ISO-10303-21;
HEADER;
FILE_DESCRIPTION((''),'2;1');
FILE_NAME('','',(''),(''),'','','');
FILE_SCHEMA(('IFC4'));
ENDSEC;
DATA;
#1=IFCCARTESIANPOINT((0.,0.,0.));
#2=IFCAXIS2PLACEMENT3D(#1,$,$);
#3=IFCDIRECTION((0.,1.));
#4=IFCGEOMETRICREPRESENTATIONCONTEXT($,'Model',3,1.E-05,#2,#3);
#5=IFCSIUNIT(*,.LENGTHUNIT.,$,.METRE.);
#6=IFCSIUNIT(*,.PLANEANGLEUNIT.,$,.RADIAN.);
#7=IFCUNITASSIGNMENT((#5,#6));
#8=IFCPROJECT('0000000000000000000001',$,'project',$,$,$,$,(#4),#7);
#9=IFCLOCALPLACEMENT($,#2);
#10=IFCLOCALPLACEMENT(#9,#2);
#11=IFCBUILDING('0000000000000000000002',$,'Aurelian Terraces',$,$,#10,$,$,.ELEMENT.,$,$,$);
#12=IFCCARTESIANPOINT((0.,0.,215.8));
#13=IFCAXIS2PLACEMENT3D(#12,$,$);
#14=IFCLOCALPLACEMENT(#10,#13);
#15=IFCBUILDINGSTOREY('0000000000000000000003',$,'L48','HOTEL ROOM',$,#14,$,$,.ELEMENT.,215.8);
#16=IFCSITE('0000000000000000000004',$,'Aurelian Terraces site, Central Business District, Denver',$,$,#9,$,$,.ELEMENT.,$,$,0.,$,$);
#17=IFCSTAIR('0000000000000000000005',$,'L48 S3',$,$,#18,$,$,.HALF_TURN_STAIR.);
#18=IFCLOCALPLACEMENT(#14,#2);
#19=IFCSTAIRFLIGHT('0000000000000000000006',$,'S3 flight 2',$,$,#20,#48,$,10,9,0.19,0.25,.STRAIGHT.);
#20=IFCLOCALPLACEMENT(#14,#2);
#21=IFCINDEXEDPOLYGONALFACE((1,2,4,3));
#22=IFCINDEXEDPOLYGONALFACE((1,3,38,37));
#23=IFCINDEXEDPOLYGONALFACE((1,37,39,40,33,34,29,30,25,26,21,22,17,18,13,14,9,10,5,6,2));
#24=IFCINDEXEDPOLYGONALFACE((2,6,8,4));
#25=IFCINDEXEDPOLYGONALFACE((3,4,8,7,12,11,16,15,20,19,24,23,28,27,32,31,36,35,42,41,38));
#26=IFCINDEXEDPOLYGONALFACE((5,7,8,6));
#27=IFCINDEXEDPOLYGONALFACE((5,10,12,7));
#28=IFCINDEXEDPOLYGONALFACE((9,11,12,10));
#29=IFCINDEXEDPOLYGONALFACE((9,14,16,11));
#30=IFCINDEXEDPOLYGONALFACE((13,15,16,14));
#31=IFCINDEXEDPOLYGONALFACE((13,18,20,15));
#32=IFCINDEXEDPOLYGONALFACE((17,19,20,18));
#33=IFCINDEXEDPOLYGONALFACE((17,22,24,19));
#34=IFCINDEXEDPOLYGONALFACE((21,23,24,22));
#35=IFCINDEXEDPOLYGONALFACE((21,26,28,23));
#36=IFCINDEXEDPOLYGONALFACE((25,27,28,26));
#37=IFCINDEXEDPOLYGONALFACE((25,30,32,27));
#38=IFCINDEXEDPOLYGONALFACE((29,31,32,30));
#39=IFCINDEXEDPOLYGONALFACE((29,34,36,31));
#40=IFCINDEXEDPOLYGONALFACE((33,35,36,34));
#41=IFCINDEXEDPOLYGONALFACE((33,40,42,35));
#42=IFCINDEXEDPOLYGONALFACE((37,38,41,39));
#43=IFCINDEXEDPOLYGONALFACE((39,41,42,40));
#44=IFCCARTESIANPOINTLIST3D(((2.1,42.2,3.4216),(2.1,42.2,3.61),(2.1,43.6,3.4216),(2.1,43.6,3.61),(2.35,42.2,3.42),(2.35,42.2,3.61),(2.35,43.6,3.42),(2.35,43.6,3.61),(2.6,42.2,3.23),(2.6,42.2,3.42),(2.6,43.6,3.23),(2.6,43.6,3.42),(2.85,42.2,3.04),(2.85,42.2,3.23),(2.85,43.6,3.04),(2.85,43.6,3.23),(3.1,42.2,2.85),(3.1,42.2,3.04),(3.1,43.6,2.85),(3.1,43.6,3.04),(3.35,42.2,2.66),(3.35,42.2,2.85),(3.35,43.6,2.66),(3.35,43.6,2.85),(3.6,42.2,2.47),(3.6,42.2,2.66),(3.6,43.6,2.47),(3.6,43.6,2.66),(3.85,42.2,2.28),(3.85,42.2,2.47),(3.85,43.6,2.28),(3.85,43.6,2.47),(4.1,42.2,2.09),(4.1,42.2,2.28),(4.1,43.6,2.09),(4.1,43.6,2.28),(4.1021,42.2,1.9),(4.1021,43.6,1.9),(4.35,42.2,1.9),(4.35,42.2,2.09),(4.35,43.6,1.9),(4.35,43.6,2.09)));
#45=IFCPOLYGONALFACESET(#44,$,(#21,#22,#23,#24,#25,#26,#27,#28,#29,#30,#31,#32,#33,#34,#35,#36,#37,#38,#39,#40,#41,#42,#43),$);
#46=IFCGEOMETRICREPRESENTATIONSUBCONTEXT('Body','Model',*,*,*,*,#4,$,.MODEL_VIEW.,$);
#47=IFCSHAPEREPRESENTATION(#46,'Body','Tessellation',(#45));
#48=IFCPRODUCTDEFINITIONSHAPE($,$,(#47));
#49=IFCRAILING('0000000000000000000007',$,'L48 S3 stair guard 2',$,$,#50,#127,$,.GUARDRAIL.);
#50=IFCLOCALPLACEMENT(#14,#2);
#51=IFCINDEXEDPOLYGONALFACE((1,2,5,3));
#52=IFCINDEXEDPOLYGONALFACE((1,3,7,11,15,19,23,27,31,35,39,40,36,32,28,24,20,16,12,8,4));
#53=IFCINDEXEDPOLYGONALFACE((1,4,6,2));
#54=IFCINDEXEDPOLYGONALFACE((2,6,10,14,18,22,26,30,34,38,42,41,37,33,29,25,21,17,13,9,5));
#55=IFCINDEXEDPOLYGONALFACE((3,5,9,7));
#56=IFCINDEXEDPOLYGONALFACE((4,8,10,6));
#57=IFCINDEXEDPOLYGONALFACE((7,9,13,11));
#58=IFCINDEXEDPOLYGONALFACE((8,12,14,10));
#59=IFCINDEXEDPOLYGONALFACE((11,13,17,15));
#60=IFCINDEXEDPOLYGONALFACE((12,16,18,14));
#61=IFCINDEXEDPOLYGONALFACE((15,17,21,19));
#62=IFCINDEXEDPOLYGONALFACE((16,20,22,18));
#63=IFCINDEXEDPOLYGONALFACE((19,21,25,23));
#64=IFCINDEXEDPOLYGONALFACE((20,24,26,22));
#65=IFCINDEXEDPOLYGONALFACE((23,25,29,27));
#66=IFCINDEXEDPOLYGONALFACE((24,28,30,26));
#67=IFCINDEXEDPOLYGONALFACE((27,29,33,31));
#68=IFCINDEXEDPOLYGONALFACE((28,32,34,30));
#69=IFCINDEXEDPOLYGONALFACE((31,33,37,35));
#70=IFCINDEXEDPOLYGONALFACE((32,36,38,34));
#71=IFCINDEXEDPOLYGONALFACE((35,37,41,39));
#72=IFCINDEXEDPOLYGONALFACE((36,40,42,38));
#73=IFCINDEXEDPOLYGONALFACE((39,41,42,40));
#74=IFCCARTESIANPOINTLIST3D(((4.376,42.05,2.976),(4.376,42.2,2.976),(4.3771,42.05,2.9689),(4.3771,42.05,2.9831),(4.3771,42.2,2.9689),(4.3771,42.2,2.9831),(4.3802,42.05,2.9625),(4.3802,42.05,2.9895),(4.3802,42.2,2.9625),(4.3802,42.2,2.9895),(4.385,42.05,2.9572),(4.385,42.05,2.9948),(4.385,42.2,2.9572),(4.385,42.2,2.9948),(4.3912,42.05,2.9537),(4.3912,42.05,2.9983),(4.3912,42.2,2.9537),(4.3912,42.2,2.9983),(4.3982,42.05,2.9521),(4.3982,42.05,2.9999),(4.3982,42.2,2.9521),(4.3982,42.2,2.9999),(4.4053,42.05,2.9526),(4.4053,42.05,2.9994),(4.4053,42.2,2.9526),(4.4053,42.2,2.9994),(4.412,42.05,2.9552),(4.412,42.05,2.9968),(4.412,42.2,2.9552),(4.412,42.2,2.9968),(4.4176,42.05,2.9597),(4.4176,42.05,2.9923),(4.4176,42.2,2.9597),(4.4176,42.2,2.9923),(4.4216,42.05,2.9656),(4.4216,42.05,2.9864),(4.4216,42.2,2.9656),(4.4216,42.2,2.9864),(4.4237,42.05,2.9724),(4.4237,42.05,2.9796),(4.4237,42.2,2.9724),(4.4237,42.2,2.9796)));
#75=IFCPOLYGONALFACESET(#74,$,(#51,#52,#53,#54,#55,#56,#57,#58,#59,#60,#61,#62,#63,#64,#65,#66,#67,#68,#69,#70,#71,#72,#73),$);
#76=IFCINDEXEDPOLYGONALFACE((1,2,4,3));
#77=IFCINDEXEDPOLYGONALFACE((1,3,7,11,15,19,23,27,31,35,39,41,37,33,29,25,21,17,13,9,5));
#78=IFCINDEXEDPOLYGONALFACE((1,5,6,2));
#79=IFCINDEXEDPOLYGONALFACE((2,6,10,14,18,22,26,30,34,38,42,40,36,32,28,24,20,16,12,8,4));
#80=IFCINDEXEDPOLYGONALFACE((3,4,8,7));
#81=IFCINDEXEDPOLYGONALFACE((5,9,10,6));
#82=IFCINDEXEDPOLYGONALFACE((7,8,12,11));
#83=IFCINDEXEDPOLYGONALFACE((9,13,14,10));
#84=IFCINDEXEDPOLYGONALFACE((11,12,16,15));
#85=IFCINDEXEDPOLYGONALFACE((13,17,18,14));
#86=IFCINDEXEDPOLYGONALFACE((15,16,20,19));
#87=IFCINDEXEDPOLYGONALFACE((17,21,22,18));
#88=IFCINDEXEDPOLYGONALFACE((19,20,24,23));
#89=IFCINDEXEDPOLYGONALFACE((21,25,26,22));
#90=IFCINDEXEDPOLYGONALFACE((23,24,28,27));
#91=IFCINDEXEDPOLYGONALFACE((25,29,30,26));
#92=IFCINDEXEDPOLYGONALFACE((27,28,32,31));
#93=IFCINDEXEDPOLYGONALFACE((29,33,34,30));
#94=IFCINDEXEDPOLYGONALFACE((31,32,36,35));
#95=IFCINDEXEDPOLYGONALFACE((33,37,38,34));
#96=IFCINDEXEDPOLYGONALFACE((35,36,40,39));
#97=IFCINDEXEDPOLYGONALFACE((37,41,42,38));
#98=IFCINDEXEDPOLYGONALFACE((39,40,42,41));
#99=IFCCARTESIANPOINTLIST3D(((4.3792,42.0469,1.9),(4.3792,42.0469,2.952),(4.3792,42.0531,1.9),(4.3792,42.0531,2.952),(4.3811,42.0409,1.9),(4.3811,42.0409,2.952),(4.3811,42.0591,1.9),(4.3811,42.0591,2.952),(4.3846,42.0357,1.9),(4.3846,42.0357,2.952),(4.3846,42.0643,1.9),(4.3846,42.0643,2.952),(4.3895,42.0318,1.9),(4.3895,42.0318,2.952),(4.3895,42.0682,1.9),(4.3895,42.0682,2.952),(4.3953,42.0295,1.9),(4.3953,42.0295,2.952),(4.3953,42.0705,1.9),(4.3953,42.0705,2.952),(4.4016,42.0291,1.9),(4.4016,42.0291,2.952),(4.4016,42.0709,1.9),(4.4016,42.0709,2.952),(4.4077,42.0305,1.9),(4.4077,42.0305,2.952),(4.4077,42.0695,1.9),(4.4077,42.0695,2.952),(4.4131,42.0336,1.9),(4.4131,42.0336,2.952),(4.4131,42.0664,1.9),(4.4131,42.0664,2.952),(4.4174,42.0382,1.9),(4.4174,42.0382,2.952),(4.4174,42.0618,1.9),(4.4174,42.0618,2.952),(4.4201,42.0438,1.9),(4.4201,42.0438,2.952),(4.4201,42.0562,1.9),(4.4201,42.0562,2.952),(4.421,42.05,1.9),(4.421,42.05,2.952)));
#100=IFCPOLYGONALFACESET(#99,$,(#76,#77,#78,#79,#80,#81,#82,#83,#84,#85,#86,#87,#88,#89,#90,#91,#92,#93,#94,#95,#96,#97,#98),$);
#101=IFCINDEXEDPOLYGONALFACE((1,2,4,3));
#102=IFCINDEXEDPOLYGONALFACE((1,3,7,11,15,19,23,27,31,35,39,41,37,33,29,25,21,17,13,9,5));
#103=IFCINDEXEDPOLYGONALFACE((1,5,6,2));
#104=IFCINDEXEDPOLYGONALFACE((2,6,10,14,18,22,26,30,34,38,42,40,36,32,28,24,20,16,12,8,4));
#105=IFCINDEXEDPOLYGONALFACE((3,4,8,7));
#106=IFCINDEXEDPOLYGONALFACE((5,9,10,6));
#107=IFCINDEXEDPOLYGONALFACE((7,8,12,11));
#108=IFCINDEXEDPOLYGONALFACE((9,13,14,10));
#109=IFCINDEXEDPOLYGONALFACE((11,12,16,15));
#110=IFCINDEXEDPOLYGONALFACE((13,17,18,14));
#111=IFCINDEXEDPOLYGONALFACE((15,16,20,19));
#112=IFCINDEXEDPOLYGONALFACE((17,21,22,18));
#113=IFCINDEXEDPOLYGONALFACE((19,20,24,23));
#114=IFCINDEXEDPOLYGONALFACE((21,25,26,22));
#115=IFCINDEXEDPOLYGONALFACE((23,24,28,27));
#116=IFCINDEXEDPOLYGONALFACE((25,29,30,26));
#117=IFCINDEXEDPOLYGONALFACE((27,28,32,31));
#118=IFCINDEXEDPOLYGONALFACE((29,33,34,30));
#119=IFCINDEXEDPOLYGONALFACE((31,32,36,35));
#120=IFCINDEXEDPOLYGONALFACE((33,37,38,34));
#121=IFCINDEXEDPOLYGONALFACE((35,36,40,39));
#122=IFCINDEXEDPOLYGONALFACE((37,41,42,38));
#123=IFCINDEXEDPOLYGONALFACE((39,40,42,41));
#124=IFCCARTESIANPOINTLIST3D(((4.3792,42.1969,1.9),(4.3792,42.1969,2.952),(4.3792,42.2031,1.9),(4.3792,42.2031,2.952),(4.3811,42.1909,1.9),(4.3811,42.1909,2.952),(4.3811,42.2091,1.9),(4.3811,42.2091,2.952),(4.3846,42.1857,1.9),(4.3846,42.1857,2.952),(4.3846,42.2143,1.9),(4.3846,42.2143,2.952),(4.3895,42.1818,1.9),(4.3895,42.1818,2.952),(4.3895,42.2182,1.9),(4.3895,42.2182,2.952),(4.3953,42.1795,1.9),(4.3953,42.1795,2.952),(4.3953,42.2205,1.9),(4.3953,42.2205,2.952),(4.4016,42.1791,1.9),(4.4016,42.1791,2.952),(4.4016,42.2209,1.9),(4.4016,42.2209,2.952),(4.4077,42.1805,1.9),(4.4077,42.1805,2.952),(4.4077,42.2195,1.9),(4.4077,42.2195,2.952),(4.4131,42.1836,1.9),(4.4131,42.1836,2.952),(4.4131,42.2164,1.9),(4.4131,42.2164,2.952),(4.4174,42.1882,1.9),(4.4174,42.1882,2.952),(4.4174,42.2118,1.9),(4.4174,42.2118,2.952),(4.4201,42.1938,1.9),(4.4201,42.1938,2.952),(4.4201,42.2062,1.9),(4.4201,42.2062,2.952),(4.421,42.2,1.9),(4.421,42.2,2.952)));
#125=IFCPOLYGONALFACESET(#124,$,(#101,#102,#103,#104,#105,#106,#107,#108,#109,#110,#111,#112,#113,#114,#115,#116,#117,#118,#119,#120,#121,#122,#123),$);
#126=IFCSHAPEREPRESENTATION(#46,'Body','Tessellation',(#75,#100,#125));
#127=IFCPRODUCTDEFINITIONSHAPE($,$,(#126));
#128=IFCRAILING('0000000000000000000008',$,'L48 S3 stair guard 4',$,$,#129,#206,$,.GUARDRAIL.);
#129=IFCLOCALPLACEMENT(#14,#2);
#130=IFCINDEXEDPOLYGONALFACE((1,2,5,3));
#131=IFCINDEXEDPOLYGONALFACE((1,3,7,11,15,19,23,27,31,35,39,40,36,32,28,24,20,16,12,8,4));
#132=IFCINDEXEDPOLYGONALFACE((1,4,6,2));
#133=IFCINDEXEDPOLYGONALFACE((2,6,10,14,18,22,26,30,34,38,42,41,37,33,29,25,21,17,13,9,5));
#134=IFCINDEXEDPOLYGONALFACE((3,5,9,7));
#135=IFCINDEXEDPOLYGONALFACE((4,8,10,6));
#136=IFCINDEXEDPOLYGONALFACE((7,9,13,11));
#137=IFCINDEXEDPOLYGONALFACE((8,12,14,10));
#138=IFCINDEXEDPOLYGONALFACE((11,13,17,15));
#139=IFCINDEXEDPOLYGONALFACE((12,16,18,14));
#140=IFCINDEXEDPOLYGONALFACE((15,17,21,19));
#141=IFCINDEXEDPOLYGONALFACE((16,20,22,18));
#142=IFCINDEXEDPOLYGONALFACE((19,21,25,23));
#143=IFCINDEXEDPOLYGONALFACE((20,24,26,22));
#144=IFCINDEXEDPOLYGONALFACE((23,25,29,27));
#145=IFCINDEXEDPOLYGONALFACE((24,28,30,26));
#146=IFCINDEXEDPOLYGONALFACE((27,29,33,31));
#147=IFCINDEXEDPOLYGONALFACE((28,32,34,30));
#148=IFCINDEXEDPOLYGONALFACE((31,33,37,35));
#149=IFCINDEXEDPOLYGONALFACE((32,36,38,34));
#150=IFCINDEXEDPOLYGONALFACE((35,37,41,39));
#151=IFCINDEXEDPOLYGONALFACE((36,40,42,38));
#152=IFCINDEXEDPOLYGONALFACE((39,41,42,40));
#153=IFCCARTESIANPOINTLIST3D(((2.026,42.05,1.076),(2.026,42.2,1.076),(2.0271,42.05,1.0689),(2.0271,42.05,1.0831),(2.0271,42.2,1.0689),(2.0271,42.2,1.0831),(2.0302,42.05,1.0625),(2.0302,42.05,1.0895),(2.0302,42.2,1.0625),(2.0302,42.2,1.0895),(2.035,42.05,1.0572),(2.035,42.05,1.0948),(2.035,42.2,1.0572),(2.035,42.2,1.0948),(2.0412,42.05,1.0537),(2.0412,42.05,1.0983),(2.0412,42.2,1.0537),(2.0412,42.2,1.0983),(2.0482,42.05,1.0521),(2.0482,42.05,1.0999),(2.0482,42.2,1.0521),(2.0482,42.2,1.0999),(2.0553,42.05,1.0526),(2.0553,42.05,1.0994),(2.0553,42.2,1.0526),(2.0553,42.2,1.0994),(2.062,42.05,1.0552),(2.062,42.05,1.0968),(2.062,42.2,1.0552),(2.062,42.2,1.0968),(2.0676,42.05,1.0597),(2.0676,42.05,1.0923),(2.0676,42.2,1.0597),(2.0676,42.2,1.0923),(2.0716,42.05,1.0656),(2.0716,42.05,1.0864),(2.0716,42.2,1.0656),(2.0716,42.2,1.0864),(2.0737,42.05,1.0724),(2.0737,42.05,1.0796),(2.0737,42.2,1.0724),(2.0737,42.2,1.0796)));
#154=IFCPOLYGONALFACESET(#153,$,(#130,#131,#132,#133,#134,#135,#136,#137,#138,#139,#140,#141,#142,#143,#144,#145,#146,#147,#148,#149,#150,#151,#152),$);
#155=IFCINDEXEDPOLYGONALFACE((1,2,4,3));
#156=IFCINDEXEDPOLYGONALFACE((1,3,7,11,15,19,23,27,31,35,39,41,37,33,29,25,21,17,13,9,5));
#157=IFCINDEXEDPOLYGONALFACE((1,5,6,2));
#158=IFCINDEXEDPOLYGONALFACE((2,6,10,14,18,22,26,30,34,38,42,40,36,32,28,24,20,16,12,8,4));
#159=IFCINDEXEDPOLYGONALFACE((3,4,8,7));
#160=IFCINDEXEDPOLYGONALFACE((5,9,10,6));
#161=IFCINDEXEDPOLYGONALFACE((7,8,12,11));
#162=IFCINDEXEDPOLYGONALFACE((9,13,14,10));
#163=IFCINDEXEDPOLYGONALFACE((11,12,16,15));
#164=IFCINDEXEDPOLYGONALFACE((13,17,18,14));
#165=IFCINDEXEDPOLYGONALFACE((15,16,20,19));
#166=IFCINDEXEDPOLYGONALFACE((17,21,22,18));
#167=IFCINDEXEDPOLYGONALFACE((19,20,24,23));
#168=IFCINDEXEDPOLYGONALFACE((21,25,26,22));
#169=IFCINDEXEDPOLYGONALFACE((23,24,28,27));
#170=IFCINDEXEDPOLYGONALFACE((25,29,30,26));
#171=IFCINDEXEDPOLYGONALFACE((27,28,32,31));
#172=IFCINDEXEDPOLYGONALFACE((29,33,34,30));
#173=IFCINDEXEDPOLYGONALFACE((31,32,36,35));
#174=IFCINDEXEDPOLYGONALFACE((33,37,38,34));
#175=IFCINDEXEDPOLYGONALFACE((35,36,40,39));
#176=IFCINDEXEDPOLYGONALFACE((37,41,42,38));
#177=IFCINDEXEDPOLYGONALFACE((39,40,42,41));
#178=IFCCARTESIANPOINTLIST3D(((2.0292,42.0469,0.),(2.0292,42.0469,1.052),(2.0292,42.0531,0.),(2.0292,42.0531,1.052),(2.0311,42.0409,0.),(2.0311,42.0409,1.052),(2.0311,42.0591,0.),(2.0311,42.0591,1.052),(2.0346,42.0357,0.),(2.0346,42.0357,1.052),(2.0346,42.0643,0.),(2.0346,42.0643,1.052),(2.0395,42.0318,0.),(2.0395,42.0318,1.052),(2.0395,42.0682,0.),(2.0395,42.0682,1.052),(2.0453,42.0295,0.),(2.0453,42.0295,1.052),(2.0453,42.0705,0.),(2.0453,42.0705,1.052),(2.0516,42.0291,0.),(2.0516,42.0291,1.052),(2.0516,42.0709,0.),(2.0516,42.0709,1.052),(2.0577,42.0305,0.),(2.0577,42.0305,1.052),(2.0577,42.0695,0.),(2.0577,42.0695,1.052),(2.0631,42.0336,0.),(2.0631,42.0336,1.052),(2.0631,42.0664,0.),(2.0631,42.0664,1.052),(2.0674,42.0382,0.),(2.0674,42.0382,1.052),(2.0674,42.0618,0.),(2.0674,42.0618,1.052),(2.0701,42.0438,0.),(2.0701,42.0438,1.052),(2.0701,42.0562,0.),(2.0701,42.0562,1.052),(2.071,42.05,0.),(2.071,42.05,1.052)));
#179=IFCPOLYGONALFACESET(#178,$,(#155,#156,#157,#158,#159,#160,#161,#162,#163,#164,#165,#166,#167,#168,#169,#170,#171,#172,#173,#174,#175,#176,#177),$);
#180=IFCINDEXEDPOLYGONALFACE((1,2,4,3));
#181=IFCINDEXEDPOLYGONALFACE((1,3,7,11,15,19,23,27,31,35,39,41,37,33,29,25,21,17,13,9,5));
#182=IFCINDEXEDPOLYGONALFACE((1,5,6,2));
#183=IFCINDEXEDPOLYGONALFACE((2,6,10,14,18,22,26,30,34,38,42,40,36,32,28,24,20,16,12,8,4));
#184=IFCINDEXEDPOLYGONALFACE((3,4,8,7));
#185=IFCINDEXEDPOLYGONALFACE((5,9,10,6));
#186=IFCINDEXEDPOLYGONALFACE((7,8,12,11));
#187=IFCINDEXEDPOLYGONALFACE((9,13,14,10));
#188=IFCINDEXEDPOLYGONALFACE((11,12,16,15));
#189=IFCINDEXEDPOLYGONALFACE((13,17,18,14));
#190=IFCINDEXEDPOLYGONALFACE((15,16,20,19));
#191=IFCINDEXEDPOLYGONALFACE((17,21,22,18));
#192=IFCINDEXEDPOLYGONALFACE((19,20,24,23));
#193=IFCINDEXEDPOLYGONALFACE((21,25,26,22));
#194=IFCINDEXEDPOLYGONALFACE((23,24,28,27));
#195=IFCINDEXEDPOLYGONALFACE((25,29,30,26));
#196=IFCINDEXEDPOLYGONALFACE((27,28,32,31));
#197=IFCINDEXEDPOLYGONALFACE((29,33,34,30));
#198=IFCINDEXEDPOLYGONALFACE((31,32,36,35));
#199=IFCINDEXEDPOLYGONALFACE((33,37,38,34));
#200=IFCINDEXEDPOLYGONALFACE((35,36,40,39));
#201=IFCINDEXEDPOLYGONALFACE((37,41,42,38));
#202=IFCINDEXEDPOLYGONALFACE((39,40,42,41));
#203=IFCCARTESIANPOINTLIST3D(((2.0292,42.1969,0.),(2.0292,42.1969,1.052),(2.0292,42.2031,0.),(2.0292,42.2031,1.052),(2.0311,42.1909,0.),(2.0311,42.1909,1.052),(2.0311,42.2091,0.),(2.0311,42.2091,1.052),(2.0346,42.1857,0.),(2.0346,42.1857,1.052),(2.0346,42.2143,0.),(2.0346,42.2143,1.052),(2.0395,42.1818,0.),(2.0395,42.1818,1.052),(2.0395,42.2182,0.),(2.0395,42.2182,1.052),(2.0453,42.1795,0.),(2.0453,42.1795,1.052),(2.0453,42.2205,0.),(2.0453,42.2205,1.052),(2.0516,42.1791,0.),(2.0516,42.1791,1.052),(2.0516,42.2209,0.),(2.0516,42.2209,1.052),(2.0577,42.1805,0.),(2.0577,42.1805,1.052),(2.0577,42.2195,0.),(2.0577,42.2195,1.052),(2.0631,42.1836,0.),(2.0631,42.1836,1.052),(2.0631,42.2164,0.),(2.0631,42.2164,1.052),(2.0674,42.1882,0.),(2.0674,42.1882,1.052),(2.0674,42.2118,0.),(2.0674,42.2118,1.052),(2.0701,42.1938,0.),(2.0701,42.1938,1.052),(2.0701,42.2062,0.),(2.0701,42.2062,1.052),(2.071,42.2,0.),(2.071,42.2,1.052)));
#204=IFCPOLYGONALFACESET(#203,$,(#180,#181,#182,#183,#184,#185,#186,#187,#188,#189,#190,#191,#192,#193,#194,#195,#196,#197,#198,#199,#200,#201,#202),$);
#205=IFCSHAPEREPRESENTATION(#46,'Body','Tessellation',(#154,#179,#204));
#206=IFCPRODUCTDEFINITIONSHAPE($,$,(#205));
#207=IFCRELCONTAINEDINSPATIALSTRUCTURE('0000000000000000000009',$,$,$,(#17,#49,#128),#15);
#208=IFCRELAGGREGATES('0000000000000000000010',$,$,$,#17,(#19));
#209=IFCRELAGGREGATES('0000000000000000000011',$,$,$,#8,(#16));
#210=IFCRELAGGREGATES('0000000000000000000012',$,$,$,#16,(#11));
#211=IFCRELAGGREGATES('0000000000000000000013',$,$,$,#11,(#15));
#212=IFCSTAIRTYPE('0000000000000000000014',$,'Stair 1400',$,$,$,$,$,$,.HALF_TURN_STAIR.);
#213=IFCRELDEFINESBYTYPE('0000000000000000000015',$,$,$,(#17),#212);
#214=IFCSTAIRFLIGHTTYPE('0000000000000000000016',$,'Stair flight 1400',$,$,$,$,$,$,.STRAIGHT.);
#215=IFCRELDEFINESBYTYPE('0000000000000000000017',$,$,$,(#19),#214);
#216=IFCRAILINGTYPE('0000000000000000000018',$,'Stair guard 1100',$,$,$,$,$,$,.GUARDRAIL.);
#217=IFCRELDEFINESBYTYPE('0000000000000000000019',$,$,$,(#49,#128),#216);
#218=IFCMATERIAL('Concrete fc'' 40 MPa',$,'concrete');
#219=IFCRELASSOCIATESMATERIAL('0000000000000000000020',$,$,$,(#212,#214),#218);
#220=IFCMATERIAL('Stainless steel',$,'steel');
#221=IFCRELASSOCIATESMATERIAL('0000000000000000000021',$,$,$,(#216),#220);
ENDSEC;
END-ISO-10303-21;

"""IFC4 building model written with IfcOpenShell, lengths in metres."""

from ifc_helpers import new_model, si_unit, direction, frame, origin, origin_2d, place, context, subcontext, project, spatial, polyline, circle, outline, extrude, source, transform, mapped, material, type_object, element, aggregate, save


model = new_model("IFC4")

# Units and contexts
model_context = context("Model", 3, precision=1e-05, world=origin(), true_north=direction((0.0, 1.0)))
body_context = subcontext(model_context, "Body", "Model", "MODEL_VIEW")
ifc_project = project(units=[si_unit("LENGTHUNIT", "METRE"), si_unit("PLANEANGLEUNIT", "RADIAN")], contexts=[model_context])

# Site, building, storey
site_placement = place(None, origin())
site = spatial("IfcSite", under=ifc_project, at=site_placement, Name="Aurelian Terraces site, Central Business District, Denver", CompositionType="ELEMENT", RefElevation=0.0)
building_placement = place(site_placement, origin())
building = spatial("IfcBuilding", under=site, at=building_placement, Name="Aurelian Terraces", CompositionType="ELEMENT")
storey_placement = place(building_placement, frame((0.0, 0.0, 215.8)))
storey = spatial("IfcBuildingStorey", under=building, at=storey_placement, Name="L48", Description="HOTEL ROOM", CompositionType="ELEMENT", Elevation=215.8)

# Shared definitions
ifc_material_1 = material(Name="Concrete fc' 40 MPa", Category="concrete")

# Stair, stair flight
stair_type = type_object("IfcStairType", Name="Stair 1400", PredefinedType="HALF_TURN_STAIR", material=ifc_material_1)
stair_placement = place(storey_placement, origin())
stair = element("IfcStair", 1, at=stair_placement, inside=storey, type_object=stair_type, Name="L48 S3", PredefinedType="HALF_TURN_STAIR")
stair_flight_type = type_object("IfcStairFlightType", Name="Stair flight 1400", PredefinedType="STRAIGHT", material=ifc_material_1)
shared_shape_1 = source(origin(), body_context, "Body", "SweptSolid", [
    extrude(outline(polyline([(0.0, 0.0), (0.0, 0.19), (0.25, 0.19), (0.25, 0.38), (0.5, 0.38), (0.5, 0.57), (0.75, 0.57), (0.75, 0.76), (1.0, 0.76), (1.0, 0.95), (1.25, 0.95), (1.25, 1.14), (1.5, 1.14), (1.5, 1.33), (1.75, 1.33), (1.75, 1.52), (2.0, 1.52), (2.0, 1.71), (2.25, 1.71), (2.25, 1.9), (2.25, 1.5216), (0.2479, 0.0), (0.0, 0.0)])), frame((0.0, 0.7, 0.0), z_axis=(0.0, -1.0, 0.0), x_axis=(1.0, 0.0, 0.0)), (0.0, 0.0, 1.0), 1.4),
])
stair_flight_placement = place(storey_placement, frame((4.35, 42.9, 1.9), z_axis=(0.0, 0.0, 1.0), x_axis=(-1.0, 0.0, 0.0)))
stair_flight = element("IfcStairFlight", 2, at=stair_flight_placement, type_object=stair_flight_type, Name="S3 flight 2", NumberOfRisers=10, NumberOfTreads=9, PredefinedType="STRAIGHT", RiserHeight=0.19, TreadLength=0.25, context=body_context, shape_type="MappedRepresentation", body=[
    mapped(shared_shape_1, transform((0.0, 0.0, 0.0), scale=1.0)),
])
aggregate(stair, [stair_flight])

# Railings
ifc_material_2 = material(Name="Stainless steel", Category="steel")
railing_type_1 = type_object("IfcRailingType", Name="Stair guard 1100", PredefinedType="GUARDRAIL", material=ifc_material_2)
shared_shape_2 = source(origin(), body_context, "Body", "SweptSolid", [
    extrude(circle(Radius=0.024, at=origin_2d()), frame((0.0, 0.0, 1.076), z_axis=(0.0, 1.0, 0.0), x_axis=(-1.0, 0.0, 0.0)), (0.0, 0.0, 1.0), 0.15),
    extrude(circle(Radius=0.021, at=origin_2d()), origin(), (0.0, 0.0, 1.0), 1.052),
    extrude(circle(Radius=0.021, at=origin_2d()), frame((0.0, 0.15, 0.0)), (0.0, 0.0, 1.0), 1.052),
])
for number, where, name in (
    (3, (4.4, 42.05, 1.9), "L48 S3 stair guard 2"),
    (4, (2.05, 42.05, 0.0), "L48 S3 stair guard 4"),
):
    element("IfcRailing", number, at=place(storey_placement, frame(where)), inside=storey, type_object=railing_type_1, Name=name, PredefinedType="GUARDRAIL", context=body_context, shape_type="MappedRepresentation", body=[
        mapped(shared_shape_2, transform((0.0, 0.0, 0.0), scale=1.0)),
    ])

save(model, "model.ifc")
